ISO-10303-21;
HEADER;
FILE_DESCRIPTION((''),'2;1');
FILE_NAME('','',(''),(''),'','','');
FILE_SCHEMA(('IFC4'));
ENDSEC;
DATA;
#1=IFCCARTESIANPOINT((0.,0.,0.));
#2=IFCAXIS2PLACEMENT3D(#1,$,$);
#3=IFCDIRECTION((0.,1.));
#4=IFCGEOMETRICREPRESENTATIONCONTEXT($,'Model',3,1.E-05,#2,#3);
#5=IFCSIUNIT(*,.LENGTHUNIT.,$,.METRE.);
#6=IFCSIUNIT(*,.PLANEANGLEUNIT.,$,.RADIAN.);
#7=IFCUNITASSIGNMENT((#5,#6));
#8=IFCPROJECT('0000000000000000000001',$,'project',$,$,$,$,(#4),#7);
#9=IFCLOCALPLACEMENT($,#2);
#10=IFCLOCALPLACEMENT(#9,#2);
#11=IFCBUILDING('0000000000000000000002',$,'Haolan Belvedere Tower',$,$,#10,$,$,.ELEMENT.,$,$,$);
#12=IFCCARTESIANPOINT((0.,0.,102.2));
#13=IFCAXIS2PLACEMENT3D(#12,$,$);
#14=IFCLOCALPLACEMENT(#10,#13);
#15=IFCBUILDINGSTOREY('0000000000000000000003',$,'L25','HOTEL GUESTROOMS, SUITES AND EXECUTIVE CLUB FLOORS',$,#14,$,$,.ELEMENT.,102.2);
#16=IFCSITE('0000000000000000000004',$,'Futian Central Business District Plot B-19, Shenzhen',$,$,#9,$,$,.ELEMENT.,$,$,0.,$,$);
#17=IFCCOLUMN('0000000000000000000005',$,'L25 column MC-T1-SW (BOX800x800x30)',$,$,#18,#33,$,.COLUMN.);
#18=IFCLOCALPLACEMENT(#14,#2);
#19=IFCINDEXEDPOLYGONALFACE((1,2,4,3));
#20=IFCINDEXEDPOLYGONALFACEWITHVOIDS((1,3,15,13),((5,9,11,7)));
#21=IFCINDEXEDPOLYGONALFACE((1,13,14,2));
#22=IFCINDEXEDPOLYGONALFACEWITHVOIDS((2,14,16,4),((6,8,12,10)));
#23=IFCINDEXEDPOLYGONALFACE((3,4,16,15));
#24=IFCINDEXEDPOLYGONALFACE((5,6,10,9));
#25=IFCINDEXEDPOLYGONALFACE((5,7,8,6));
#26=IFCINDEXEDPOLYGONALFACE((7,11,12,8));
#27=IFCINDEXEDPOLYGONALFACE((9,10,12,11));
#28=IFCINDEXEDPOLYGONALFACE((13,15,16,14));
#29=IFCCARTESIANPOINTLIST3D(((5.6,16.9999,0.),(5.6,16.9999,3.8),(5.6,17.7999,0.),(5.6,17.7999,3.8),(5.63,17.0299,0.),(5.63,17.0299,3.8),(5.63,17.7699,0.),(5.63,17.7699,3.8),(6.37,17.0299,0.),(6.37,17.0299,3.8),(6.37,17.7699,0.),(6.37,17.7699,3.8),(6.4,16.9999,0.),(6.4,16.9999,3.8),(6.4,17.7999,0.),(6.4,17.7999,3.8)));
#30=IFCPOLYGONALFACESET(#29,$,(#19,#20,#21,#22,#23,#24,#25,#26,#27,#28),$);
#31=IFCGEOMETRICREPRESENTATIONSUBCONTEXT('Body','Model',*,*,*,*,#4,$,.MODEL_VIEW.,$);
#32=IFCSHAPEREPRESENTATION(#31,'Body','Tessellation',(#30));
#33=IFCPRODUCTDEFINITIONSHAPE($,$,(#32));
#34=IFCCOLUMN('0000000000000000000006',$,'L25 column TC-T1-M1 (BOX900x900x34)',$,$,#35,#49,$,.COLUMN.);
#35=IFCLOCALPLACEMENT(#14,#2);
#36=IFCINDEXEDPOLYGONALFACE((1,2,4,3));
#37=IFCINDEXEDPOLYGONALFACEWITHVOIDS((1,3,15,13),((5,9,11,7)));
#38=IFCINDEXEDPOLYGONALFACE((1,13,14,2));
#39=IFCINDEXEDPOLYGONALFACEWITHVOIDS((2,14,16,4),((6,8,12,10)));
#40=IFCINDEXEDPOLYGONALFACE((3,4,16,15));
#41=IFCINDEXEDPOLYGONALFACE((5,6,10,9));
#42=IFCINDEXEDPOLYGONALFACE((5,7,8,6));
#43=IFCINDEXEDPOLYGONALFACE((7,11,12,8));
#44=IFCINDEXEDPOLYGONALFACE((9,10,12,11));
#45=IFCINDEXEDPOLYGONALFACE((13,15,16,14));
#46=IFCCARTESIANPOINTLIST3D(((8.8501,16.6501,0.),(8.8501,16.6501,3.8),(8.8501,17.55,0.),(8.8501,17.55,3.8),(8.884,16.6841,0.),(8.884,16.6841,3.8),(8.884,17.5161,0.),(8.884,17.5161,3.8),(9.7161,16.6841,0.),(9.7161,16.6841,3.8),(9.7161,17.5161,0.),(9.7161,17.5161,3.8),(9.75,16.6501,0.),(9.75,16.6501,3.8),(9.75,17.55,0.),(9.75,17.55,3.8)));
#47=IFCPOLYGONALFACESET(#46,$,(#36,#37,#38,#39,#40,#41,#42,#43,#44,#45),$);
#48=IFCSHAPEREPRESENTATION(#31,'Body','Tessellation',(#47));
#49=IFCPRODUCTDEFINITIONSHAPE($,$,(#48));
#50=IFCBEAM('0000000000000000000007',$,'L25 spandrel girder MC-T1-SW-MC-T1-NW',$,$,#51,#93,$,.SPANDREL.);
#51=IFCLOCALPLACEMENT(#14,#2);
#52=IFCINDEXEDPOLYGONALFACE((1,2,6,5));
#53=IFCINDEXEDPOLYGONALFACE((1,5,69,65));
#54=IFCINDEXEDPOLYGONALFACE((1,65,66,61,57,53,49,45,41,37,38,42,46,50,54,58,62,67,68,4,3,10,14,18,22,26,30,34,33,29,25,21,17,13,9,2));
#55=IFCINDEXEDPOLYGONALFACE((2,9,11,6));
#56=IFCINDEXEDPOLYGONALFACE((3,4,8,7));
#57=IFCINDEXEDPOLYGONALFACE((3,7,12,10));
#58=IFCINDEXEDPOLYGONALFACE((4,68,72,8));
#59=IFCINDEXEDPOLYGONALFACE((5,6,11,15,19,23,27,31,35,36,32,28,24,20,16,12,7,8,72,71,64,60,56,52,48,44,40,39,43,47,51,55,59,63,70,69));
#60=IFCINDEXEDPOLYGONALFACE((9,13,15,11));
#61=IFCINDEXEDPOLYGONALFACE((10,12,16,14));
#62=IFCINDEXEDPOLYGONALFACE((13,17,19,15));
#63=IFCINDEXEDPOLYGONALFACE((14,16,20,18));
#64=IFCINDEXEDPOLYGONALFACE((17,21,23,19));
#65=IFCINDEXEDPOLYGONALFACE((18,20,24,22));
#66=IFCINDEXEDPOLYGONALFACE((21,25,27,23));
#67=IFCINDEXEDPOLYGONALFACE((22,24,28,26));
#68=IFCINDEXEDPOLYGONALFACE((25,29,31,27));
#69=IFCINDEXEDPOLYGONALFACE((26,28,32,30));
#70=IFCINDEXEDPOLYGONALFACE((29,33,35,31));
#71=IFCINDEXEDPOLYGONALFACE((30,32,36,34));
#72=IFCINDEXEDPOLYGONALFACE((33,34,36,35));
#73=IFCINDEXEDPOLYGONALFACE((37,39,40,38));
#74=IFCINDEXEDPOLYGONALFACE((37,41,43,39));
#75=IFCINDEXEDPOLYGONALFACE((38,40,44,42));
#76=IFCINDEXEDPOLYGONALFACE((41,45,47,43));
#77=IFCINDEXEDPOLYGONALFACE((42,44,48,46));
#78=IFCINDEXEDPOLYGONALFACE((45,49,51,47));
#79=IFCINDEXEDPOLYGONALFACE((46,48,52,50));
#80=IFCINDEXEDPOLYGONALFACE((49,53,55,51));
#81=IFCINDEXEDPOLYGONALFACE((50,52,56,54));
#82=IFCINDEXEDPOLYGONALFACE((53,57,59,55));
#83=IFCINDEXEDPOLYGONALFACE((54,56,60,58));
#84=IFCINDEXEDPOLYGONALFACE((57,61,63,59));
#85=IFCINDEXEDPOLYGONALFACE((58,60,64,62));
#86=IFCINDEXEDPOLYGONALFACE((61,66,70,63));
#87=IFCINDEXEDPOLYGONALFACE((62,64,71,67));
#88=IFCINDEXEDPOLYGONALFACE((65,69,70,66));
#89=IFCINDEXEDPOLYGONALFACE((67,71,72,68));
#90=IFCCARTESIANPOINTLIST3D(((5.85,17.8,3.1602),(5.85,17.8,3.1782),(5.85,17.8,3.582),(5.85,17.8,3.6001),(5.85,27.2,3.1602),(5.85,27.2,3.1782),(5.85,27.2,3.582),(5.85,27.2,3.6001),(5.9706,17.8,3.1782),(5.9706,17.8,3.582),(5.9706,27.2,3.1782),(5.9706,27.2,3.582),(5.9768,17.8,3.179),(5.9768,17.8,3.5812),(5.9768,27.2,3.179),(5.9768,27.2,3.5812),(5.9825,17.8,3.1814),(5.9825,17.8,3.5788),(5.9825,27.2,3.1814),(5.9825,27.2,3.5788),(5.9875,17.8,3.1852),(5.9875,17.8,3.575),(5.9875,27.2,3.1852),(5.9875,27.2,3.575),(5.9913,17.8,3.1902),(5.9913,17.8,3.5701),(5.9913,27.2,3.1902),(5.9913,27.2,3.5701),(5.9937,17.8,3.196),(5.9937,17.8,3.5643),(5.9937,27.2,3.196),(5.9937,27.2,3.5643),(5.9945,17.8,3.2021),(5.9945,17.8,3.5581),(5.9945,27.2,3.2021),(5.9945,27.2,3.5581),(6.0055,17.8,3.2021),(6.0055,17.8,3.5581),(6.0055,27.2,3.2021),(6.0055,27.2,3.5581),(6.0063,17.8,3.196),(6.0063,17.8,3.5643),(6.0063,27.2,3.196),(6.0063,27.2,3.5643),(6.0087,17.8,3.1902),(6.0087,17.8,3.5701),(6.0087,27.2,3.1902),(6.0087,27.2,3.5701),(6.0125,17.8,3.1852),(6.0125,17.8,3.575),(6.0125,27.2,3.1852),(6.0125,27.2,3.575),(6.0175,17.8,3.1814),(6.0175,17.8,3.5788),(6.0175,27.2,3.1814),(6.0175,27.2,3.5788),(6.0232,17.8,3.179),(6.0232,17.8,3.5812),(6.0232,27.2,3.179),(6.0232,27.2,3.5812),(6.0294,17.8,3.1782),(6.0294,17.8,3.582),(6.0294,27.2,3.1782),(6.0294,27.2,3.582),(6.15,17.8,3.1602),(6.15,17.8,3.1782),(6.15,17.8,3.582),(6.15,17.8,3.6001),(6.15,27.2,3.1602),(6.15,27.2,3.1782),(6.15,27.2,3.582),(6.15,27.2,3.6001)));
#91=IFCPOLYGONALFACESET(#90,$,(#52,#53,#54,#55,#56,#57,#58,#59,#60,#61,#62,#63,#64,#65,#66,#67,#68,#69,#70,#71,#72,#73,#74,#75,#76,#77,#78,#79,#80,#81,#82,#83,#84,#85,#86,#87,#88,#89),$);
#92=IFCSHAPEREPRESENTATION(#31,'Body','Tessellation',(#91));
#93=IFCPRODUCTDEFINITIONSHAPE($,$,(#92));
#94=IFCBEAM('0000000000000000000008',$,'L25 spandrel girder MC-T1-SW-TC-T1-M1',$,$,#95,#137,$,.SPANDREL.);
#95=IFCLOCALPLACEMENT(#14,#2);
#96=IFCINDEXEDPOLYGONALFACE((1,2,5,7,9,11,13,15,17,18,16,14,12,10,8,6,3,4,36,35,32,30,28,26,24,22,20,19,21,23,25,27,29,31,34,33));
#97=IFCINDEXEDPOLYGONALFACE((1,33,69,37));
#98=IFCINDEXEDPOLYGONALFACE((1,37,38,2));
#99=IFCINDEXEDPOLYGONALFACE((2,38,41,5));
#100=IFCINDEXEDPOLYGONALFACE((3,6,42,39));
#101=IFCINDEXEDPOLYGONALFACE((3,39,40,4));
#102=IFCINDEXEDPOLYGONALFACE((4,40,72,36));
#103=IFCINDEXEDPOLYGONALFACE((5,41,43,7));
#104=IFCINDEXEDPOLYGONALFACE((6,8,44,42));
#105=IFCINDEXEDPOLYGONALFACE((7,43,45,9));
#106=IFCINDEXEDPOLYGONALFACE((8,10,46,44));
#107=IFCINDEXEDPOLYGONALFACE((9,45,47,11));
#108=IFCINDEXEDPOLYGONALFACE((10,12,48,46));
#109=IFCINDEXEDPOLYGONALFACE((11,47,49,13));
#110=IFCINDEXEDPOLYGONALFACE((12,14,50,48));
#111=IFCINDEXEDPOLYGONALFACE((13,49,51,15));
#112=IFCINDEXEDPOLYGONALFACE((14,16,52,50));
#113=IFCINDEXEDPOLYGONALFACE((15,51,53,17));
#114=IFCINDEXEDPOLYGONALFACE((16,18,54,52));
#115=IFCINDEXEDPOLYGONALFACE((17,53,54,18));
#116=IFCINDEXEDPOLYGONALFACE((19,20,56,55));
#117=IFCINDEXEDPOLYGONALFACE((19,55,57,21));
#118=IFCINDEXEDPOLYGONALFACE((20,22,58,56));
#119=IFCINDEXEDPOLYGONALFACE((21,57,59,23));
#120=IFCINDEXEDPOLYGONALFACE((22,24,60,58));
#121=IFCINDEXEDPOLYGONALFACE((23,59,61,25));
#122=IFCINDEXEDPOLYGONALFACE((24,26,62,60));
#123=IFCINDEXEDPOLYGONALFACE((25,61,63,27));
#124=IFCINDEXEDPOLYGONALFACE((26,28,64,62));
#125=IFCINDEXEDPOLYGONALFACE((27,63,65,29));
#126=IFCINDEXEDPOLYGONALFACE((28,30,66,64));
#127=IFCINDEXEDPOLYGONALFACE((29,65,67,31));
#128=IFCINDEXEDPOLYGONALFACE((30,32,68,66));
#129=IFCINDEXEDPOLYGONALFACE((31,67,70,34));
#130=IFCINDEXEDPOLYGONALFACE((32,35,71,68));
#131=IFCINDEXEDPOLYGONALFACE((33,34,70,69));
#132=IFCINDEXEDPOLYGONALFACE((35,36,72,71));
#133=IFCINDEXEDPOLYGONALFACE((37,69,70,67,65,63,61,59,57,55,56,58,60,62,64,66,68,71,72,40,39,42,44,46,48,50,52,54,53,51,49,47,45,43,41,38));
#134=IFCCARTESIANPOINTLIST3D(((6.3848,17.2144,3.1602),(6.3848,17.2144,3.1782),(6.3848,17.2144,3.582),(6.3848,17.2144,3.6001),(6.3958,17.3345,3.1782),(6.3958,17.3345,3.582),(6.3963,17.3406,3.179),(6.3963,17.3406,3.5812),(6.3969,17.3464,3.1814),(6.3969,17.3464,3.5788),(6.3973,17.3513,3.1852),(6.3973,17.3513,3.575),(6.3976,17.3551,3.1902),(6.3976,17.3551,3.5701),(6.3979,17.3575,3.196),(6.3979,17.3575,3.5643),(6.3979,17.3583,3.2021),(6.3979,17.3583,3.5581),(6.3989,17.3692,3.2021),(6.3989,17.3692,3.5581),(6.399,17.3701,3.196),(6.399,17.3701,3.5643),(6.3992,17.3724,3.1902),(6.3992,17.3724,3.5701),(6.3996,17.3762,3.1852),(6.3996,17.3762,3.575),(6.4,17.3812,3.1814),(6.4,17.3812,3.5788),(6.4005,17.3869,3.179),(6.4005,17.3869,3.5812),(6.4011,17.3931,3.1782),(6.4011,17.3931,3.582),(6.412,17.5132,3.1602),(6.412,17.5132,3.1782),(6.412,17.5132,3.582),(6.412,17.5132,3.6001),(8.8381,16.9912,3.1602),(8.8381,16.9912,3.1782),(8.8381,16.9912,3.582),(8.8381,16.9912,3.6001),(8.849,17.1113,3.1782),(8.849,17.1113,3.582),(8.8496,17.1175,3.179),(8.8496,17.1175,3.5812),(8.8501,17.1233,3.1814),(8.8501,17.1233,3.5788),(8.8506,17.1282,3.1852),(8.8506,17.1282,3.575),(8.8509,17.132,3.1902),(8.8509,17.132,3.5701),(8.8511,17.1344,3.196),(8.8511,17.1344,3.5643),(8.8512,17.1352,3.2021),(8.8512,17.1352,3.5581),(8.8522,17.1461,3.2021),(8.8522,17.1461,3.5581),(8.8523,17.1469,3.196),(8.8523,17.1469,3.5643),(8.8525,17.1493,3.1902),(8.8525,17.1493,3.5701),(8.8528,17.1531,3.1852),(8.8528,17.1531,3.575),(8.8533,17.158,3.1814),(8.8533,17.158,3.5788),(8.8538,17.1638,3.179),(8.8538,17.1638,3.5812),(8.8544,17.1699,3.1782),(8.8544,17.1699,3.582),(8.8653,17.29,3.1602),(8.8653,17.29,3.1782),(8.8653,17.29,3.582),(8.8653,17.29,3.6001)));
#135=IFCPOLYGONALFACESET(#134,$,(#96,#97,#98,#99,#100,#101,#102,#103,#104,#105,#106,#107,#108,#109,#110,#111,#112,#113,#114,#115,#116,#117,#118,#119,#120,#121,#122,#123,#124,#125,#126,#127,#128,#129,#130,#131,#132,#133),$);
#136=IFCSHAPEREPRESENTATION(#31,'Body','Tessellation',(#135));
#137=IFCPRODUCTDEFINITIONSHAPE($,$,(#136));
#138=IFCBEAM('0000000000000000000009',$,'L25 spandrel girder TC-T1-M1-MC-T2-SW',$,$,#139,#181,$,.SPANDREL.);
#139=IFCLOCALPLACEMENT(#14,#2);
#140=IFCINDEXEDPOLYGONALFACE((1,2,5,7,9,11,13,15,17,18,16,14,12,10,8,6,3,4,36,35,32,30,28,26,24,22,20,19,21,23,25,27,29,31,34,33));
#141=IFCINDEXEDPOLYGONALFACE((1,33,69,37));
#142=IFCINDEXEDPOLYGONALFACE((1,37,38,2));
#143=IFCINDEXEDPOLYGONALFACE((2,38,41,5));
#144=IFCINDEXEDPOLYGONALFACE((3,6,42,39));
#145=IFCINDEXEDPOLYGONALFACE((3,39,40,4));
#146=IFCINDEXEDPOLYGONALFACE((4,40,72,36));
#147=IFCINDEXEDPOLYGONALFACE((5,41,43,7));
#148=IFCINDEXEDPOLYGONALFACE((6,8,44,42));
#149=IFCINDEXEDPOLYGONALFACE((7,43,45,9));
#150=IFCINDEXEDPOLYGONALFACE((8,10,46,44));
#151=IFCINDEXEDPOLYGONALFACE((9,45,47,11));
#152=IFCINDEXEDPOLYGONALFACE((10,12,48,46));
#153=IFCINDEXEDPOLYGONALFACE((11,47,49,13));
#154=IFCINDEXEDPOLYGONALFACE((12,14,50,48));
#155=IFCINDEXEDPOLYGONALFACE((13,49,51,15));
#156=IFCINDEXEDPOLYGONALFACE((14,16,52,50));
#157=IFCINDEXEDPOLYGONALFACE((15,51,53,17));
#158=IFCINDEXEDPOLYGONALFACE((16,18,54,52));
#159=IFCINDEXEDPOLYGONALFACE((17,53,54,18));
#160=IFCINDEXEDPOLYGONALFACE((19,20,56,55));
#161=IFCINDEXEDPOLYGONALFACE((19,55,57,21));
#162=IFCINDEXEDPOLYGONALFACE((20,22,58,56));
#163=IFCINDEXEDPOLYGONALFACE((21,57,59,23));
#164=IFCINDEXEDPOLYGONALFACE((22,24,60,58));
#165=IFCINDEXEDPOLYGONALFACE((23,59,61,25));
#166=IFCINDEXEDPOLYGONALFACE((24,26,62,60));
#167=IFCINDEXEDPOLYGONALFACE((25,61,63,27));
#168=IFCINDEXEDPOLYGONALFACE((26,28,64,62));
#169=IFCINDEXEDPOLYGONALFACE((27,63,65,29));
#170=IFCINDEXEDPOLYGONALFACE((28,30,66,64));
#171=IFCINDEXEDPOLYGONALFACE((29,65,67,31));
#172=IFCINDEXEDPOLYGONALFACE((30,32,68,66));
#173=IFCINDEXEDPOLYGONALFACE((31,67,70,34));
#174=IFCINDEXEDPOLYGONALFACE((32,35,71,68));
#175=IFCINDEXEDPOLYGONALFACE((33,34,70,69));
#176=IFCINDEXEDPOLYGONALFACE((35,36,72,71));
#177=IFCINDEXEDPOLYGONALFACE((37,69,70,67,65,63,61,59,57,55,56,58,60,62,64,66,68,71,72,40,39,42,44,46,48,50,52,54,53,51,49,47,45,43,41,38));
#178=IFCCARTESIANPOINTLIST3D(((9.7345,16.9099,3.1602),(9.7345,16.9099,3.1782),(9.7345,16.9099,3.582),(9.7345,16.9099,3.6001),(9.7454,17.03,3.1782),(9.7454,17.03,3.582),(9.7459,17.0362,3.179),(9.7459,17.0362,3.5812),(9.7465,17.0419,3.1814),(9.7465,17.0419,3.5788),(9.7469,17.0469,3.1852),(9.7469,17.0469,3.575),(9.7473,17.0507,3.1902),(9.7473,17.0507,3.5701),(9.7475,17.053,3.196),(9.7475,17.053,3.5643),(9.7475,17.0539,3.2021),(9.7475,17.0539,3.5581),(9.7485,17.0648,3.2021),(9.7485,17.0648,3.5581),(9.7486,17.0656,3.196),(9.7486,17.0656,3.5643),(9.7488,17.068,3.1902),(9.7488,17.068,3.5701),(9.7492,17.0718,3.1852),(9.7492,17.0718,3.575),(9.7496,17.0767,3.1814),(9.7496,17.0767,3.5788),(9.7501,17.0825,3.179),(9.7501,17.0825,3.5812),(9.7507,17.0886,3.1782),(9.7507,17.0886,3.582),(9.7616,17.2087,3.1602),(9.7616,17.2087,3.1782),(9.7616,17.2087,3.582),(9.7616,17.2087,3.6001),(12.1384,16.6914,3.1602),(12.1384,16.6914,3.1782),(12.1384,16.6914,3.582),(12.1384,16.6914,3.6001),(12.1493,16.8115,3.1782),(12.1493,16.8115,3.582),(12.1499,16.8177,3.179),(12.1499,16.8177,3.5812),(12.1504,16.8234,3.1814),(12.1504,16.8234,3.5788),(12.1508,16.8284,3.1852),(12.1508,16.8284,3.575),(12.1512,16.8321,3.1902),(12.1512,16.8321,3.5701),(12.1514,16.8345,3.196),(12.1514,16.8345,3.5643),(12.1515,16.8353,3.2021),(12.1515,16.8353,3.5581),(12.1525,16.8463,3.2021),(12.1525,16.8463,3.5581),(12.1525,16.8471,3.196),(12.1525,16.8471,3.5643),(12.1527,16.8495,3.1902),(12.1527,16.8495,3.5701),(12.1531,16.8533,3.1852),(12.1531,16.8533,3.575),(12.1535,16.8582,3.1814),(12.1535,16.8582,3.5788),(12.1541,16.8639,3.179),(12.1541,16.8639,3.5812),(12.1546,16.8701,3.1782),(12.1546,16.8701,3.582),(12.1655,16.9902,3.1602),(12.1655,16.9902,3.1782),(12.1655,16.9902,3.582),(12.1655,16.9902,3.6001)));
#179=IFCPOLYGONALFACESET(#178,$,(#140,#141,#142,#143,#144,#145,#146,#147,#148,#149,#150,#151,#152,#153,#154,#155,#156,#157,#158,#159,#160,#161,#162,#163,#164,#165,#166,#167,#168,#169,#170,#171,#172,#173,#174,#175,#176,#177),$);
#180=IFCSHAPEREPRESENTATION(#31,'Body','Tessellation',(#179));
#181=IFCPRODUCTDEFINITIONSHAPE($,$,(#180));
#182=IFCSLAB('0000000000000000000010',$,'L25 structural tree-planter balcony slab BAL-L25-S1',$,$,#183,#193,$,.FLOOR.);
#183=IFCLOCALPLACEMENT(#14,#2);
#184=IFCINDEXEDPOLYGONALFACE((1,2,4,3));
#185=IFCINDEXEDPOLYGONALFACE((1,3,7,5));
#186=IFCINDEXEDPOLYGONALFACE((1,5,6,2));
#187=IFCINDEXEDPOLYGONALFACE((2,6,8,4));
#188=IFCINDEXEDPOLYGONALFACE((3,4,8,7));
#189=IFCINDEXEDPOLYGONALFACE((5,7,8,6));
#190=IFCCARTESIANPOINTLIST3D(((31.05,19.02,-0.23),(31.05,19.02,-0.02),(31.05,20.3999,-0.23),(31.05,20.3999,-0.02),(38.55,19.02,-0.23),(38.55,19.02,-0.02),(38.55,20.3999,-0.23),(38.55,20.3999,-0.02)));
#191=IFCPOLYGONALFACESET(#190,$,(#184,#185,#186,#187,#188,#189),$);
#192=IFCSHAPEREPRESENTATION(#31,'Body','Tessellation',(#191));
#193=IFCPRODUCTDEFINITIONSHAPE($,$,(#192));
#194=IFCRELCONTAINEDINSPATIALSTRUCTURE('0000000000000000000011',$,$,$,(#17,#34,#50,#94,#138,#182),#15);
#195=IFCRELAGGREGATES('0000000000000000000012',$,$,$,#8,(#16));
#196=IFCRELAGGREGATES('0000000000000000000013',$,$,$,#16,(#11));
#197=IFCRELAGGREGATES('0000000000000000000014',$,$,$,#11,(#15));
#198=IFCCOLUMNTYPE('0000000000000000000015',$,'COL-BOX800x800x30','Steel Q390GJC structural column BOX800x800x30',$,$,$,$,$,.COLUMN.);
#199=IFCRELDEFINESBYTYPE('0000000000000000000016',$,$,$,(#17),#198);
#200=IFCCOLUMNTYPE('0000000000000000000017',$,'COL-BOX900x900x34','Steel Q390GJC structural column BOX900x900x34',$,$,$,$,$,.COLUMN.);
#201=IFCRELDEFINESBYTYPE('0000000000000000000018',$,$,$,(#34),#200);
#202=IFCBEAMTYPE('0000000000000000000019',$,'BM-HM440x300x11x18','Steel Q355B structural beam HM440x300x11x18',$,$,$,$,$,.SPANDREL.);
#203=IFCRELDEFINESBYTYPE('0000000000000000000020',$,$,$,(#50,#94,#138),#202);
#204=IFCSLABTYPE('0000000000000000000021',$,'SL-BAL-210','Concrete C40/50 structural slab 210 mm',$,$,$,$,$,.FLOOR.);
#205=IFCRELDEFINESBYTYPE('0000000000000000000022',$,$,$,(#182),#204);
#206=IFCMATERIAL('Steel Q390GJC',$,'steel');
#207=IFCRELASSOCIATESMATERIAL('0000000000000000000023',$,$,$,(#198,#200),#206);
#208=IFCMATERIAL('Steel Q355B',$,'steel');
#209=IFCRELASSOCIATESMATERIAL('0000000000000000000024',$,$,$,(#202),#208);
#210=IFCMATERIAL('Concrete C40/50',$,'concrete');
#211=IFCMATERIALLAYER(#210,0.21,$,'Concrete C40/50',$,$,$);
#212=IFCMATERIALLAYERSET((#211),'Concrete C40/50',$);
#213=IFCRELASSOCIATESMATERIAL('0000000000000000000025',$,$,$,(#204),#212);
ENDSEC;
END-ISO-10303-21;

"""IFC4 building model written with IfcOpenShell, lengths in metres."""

from ifc_helpers import new_model, si_unit, direction, frame, origin, origin_2d, place, context, subcontext, project, spatial, polyline, hollow_rectangle, i_section, outline, extrude, material, layer, layer_set, material_profile, profile_set, type_object, element, save


model = new_model("IFC4")

# Units and contexts
model_context = context("Model", 3, precision=1e-05, world=origin(), true_north=direction((0.0, 1.0)))
body_context = subcontext(model_context, "Body", "Model", "MODEL_VIEW")
ifc_project = project(units=[si_unit("LENGTHUNIT", "METRE"), si_unit("PLANEANGLEUNIT", "RADIAN")], contexts=[model_context])

# Site, building, storey
site_placement = place(None, origin())
site = spatial("IfcSite", under=ifc_project, at=site_placement, Name="Futian Central Business District Plot B-19, Shenzhen", CompositionType="ELEMENT", RefElevation=0.0)
building_placement = place(site_placement, origin())
building = spatial("IfcBuilding", under=site, at=building_placement, Name="Haolan Belvedere Tower", CompositionType="ELEMENT")
storey_placement = place(building_placement, frame((0.0, 0.0, 102.2)))
storey = spatial("IfcBuildingStorey", under=building, at=storey_placement, Name="L25", Description="HOTEL GUESTROOMS, SUITES AND EXECUTIVE CLUB FLOORS", CompositionType="ELEMENT", Elevation=102.2)

# Columns
ifc_material_1 = material(Name="Steel Q390GJC", Category="steel")
ifc_material_profile_1 = material_profile(ifc_material_1, hollow_rectangle(XDim=0.8, YDim=0.8, WallThickness=0.03, at=origin_2d()), Name="Steel Q390GJC")
ifc_profile_set_1 = profile_set([ifc_material_profile_1], Name="Steel Q390GJC")
column_type_1 = type_object("IfcColumnType", Name="COL-BOX800x800x30", Description="Steel Q390GJC structural column BOX800x800x30", PredefinedType="COLUMN", material=ifc_profile_set_1)
column_1_placement = place(storey_placement, frame((6.0, 17.3999, 0.0), z_axis=(0.0, 0.0, 1.0), x_axis=(1.0, 0.0, 0.0)))
element("IfcColumn", 1, at=column_1_placement, inside=storey, type_object=column_type_1, Name="L25 column MC-T1-SW (BOX800x800x30)", PredefinedType="COLUMN", context=body_context, shape_type="SweptSolid", body=[
    extrude(hollow_rectangle(XDim=0.8, YDim=0.8, WallThickness=0.03, at=origin_2d()), origin(), (0.0, 0.0, 1.0), 3.8),
])
ifc_material_profile_2 = material_profile(ifc_material_1, hollow_rectangle(XDim=0.8999, YDim=0.8999, WallThickness=0.0339, at=origin_2d()), Name="Steel Q390GJC")
ifc_profile_set_2 = profile_set([ifc_material_profile_2], Name="Steel Q390GJC")
column_type_2 = type_object("IfcColumnType", Name="COL-BOX900x900x34", Description="Steel Q390GJC structural column BOX900x900x34", PredefinedType="COLUMN", material=ifc_profile_set_2)
column_2_placement = place(storey_placement, frame((9.3, 17.1001, 0.0), z_axis=(0.0, 0.0, 1.0), x_axis=(1.0, 0.0, 0.0)))
element("IfcColumn", 2, at=column_2_placement, inside=storey, type_object=column_type_2, Name="L25 column TC-T1-M1 (BOX900x900x34)", PredefinedType="COLUMN", context=body_context, shape_type="SweptSolid", body=[
    extrude(hollow_rectangle(XDim=0.8999, YDim=0.8999, WallThickness=0.0339, at=origin_2d()), origin(), (0.0, 0.0, 1.0), 3.8),
])

# Beams
ifc_material_2 = material(Name="Steel Q355B", Category="steel")
ifc_material_profile_3 = material_profile(ifc_material_2, i_section(OverallWidth=0.3, OverallDepth=0.4399, WebThickness=0.011, FlangeThickness=0.0181, FilletRadius=0.0239, at=origin_2d()), Name="Steel Q355B")
ifc_profile_set_3 = profile_set([ifc_material_profile_3], Name="Steel Q355B")
beam_type = type_object("IfcBeamType", Name="BM-HM440x300x11x18", Description="Steel Q355B structural beam HM440x300x11x18", PredefinedType="SPANDREL", material=ifc_profile_set_3)
beam_1_placement = place(storey_placement, frame((6.0, 17.8, 3.3801), z_axis=(0.0, 1.0, 0.0), x_axis=(-1.0, 0.0, 0.0)))
element("IfcBeam", 3, at=beam_1_placement, inside=storey, type_object=beam_type, Name="L25 spandrel girder MC-T1-SW-MC-T1-NW", PredefinedType="SPANDREL", context=body_context, shape_type="SweptSolid", body=[
    extrude(i_section(OverallWidth=0.3, OverallDepth=0.4399, WebThickness=0.011, FlangeThickness=0.0181, FilletRadius=0.0239, at=origin_2d()), origin(), (0.0, 0.0, 1.0), 9.3999),
])
beam_2_placement = place(storey_placement, frame((6.3984, 17.3638, 3.3801), z_axis=(0.995889, -0.09058, 0.0), x_axis=(0.09058, 0.995889, 0.0)))
element("IfcBeam", 4, at=beam_2_placement, inside=storey, type_object=beam_type, Name="L25 spandrel girder MC-T1-SW-TC-T1-M1", PredefinedType="SPANDREL", context=body_context, shape_type="SweptSolid", body=[
    extrude(i_section(OverallWidth=0.3, OverallDepth=0.4399, WebThickness=0.011, FlangeThickness=0.0181, FilletRadius=0.0239, at=origin_2d()), origin(), (0.0, 0.0, 1.0), 2.4634),
])
beam_3_placement = place(storey_placement, frame((9.748, 17.0593, 3.3801), z_axis=(0.995894, -0.090527, 0.0), x_axis=(0.090527, 0.995894, 0.0)))
element("IfcBeam", 5, at=beam_3_placement, inside=storey, type_object=beam_type, Name="L25 spandrel girder TC-T1-M1-MC-T2-SW", PredefinedType="SPANDREL", context=body_context, shape_type="SweptSolid", body=[
    extrude(i_section(OverallWidth=0.3, OverallDepth=0.4399, WebThickness=0.011, FlangeThickness=0.0181, FilletRadius=0.0239, at=origin_2d()), origin(), (0.0, 0.0, 1.0), 2.4138),
])

# Slab
ifc_material_3 = material(Name="Concrete C40/50", Category="concrete")
ifc_layer_1 = layer(ifc_material_3, 0.21, Name="Concrete C40/50")
ifc_layer_set_1 = layer_set([ifc_layer_1], Name="Concrete C40/50")
slab_type_1 = type_object("IfcSlabType", Name="SL-BAL-210", Description="Concrete C40/50 structural slab 210 mm", PredefinedType="FLOOR", material=ifc_layer_set_1)
slab_1_placement = place(storey_placement, frame((0.0, 0.0, -0.23)))
element("IfcSlab", 6, at=slab_1_placement, inside=storey, type_object=slab_type_1, Name="L25 structural tree-planter balcony slab BAL-L25-S1", PredefinedType="FLOOR", context=body_context, shape_type="SweptSolid", body=[
    extrude(outline(polyline([(31.05, 19.02), (38.55, 19.02), (38.55, 20.3999), (31.05, 20.3999), (31.05, 19.02)])), origin(), (0.0, 0.0, 1.0), 0.21),
])

save(model, "model.ifc")
